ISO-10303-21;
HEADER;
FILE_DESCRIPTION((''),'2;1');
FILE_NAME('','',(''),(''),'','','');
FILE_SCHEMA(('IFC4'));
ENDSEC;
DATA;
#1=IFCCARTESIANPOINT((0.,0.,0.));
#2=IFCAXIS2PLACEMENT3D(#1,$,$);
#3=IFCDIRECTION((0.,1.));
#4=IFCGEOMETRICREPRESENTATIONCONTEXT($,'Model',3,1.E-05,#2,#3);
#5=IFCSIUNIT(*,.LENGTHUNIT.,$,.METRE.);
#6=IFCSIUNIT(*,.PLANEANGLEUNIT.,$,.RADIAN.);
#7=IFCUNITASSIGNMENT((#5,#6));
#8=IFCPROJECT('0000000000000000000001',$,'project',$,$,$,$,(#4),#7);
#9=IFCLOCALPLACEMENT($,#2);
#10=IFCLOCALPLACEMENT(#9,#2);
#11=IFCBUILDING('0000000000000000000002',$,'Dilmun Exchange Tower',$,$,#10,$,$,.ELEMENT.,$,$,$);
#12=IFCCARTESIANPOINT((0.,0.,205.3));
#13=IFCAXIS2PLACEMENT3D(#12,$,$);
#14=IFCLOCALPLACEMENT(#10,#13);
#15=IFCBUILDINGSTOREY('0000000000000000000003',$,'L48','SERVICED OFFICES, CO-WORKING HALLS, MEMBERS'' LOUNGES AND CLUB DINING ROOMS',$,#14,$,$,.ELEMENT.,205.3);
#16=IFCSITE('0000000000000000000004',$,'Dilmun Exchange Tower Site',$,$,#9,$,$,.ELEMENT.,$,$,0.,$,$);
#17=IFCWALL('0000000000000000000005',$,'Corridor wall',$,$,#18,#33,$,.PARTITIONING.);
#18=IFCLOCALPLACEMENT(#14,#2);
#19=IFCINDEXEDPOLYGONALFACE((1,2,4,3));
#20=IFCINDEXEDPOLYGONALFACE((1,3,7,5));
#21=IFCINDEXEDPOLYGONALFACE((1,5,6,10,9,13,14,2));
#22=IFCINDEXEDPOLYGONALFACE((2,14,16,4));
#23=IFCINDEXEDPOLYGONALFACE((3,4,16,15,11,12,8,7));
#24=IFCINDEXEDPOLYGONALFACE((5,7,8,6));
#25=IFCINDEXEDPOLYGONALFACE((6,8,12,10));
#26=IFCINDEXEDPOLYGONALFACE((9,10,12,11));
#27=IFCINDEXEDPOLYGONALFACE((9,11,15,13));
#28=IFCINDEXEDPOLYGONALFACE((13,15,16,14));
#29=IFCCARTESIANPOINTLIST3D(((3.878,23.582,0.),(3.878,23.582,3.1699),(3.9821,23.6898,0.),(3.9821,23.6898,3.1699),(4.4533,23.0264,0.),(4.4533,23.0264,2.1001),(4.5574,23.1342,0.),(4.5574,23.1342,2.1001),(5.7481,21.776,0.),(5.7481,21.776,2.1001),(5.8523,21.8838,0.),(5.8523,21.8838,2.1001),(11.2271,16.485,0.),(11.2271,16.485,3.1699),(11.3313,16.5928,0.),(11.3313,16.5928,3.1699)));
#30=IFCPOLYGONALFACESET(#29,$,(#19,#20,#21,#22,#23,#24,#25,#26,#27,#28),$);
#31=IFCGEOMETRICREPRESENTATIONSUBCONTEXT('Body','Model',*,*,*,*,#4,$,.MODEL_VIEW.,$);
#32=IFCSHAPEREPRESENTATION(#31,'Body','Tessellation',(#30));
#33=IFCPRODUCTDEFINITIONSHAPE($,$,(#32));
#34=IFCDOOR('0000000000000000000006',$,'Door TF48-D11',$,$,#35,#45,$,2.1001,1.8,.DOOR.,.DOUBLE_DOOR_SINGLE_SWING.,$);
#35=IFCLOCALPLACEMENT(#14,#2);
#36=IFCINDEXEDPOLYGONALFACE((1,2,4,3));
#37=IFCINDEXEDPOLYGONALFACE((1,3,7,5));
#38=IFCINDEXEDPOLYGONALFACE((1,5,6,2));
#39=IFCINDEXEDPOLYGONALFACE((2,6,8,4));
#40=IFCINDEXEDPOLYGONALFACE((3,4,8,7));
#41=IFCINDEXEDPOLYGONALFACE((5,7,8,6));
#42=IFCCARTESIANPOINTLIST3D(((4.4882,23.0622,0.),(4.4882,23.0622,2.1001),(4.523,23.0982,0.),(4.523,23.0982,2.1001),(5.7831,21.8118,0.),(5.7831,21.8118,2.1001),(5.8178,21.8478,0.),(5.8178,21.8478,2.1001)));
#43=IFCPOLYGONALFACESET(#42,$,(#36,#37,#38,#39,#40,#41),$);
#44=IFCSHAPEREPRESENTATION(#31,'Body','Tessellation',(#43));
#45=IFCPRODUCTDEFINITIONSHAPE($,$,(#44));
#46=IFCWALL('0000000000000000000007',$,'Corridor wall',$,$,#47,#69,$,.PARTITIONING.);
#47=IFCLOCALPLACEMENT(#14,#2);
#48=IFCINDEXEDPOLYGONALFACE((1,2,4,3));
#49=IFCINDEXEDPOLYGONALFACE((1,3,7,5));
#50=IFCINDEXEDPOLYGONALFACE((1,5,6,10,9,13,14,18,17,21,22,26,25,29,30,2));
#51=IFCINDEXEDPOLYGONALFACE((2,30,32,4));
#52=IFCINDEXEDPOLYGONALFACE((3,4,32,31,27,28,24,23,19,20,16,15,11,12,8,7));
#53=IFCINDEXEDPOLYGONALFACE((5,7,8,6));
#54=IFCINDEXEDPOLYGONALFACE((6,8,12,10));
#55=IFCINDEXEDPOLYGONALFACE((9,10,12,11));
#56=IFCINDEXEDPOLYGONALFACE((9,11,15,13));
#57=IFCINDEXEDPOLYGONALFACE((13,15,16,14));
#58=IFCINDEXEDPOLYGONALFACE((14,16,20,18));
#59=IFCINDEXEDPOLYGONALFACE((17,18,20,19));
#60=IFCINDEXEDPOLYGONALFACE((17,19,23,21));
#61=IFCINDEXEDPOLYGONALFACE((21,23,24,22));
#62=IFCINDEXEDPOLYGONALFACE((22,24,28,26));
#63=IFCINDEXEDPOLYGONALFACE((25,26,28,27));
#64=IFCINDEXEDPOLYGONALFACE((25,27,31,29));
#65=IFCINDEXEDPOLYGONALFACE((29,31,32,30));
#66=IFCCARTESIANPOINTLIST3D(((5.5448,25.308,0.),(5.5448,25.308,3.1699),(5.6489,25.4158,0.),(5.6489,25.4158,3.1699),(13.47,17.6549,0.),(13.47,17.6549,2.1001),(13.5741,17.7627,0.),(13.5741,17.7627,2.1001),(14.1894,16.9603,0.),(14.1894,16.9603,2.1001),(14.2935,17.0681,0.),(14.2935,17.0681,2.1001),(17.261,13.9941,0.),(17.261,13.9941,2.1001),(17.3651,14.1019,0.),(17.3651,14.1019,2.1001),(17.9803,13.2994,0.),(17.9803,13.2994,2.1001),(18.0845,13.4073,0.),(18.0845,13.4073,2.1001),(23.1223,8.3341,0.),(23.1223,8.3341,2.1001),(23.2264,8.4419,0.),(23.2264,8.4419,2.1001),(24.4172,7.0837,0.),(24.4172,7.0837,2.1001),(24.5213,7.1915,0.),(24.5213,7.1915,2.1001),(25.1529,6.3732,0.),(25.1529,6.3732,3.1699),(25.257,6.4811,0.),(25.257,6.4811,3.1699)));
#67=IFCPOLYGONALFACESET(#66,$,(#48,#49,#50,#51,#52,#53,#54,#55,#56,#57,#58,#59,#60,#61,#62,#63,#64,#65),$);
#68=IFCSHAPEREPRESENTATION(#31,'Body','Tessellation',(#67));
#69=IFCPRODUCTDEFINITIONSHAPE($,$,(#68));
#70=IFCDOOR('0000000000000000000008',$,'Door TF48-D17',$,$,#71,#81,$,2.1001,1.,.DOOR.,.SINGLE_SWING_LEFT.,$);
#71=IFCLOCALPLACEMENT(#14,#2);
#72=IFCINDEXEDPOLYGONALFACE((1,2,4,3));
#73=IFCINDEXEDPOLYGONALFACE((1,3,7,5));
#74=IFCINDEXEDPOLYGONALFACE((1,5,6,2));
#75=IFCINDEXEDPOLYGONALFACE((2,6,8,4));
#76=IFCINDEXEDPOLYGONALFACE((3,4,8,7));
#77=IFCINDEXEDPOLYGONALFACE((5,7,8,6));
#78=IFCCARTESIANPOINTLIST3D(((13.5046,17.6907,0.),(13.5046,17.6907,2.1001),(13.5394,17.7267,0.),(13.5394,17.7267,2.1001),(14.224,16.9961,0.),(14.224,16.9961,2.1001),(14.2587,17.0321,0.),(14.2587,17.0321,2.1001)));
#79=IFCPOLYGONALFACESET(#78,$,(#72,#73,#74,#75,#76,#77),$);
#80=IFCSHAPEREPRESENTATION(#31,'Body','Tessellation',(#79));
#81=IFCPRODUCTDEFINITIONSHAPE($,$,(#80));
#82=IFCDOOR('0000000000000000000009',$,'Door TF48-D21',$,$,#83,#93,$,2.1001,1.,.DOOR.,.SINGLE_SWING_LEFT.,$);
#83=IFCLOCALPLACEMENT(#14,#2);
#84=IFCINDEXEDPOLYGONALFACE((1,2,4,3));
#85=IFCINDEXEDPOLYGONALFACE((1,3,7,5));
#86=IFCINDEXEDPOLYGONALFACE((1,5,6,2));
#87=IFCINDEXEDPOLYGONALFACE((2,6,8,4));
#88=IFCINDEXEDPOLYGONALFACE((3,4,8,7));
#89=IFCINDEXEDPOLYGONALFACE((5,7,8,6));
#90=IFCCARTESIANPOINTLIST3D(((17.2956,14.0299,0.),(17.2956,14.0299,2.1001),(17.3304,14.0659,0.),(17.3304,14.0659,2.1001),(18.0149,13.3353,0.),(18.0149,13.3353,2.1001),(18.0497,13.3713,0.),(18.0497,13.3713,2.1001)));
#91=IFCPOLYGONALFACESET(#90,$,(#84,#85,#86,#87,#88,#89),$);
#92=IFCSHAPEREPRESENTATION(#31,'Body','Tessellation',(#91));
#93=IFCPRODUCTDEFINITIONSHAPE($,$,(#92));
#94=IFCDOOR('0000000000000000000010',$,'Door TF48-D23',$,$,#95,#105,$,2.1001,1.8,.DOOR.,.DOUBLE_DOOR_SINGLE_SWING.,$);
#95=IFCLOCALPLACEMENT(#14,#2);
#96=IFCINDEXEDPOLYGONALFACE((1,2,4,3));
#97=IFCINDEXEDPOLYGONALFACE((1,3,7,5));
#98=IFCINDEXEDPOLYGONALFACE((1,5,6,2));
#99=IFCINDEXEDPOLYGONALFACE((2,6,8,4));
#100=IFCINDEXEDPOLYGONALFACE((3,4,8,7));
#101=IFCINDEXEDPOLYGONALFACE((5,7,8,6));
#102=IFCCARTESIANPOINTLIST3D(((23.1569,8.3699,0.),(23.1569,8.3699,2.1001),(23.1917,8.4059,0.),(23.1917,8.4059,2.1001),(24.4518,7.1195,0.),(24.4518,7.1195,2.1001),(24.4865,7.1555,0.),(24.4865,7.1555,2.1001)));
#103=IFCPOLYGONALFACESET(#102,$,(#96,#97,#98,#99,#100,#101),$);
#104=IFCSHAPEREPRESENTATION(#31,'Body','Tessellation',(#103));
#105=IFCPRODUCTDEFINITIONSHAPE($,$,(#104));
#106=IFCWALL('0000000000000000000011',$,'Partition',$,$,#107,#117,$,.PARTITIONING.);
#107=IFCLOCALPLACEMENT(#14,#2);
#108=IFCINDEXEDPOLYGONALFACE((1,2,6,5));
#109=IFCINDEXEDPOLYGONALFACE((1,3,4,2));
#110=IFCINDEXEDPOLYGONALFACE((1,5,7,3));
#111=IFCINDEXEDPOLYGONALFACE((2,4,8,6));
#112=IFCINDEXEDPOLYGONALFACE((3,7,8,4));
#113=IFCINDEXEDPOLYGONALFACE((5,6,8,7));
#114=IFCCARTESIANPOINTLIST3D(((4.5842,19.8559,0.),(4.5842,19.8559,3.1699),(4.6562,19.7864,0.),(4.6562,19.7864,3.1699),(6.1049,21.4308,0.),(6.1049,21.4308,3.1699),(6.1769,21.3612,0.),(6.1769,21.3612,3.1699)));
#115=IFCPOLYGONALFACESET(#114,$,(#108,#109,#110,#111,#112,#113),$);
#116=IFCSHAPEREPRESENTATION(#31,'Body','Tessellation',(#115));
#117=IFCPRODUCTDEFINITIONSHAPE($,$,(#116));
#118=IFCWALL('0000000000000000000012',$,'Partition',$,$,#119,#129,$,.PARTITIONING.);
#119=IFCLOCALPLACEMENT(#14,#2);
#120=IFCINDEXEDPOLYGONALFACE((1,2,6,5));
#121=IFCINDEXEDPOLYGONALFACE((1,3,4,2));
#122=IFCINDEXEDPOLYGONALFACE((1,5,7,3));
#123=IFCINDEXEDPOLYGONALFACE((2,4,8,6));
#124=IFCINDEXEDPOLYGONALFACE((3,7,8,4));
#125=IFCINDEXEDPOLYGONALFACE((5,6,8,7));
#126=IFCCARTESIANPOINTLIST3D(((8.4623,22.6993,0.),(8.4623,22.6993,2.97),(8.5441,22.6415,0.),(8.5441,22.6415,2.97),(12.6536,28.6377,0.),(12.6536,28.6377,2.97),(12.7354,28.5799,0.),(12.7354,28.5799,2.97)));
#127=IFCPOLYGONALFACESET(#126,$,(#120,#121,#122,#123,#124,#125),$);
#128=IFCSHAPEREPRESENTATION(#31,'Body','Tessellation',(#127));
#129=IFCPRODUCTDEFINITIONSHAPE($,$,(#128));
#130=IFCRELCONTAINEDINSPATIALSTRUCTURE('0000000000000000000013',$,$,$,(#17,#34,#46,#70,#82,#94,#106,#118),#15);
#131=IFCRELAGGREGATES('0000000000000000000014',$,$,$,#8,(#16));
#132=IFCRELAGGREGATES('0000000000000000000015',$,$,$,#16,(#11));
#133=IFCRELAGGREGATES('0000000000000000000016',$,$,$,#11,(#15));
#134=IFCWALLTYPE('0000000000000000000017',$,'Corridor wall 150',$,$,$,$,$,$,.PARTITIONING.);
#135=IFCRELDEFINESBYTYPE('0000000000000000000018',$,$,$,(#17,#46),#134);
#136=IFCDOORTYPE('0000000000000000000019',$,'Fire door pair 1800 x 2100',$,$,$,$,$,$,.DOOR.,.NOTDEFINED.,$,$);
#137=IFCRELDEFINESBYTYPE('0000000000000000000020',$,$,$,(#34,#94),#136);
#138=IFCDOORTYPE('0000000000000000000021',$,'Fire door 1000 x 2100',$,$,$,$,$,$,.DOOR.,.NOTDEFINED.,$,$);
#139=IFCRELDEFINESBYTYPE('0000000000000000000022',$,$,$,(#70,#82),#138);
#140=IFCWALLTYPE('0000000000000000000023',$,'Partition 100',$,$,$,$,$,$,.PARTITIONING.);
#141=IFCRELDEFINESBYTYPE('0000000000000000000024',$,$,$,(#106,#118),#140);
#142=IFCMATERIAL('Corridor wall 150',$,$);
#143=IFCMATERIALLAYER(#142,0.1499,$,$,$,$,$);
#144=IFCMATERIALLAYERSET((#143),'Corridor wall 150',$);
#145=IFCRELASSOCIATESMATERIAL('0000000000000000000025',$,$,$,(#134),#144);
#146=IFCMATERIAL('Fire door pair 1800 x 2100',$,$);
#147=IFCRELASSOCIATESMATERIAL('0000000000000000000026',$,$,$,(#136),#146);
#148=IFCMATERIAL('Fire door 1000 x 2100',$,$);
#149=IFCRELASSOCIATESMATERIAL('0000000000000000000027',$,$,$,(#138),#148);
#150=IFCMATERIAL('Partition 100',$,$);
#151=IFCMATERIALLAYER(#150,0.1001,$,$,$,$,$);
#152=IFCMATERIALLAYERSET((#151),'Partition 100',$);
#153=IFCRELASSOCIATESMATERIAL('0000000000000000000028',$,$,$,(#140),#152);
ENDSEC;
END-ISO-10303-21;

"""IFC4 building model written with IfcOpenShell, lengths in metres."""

from ifc_helpers import new_model, si_unit, direction, frame, frame_2d, origin, place, context, subcontext, project, spatial, rectangle, extrude, material, layer, layer_set, type_object, element, fill, save


model = new_model("IFC4")

# Units and contexts
model_context = context("Model", 3, precision=1e-05, world=origin(), true_north=direction((0.0, 1.0)))
body_context = subcontext(model_context, "Body", "Model", "MODEL_VIEW")
ifc_project = project(units=[si_unit("LENGTHUNIT", "METRE"), si_unit("PLANEANGLEUNIT", "RADIAN")], contexts=[model_context])

# Site, building, storey
site_placement = place(None, origin())
site = spatial("IfcSite", under=ifc_project, at=site_placement, Name="Dilmun Exchange Tower Site", CompositionType="ELEMENT", RefElevation=0.0)
building_placement = place(site_placement, origin())
building = spatial("IfcBuilding", under=site, at=building_placement, Name="Dilmun Exchange Tower", CompositionType="ELEMENT")
storey_placement = place(building_placement, frame((0.0, 0.0, 205.3)))
storey = spatial("IfcBuildingStorey", under=building, at=storey_placement, Name="L48", Description="SERVICED OFFICES, CO-WORKING HALLS, MEMBERS' LOUNGES AND CLUB DINING ROOMS", CompositionType="ELEMENT", Elevation=205.3)

# Shared definitions
ifc_material_1 = material(Name="Corridor wall 150")
ifc_layer_1 = layer(ifc_material_1, 0.1499)
ifc_layer_set_1 = layer_set([ifc_layer_1], Name="Corridor wall 150")
wall_type_1 = type_object("IfcWallType", Name="Corridor wall 150", PredefinedType="PARTITIONING", material=ifc_layer_set_1)

# Wall, opening, door
wall_1_placement = place(storey_placement, frame((3.9299, 23.636, 0.0), z_axis=(0.0, 0.0, 1.0), x_axis=(0.719342, -0.694656, 0.0)))
wall_1 = element("IfcWall", 1, at=wall_1_placement, inside=storey, type_object=wall_type_1, Name="Corridor wall", PredefinedType="PARTITIONING", context=body_context, shape_type="SweptSolid", body=[
    extrude(rectangle(XDim=10.2166, YDim=0.1499, at=frame_2d((5.1084, 0.0))), origin(), (0.0, 0.0, 1.0), 3.1699),
])
opening_1_placement = place(wall_1_placement, frame((0.8, 0.0, 0.0)))
opening_1 = element("IfcOpeningElement", 2, at=opening_1_placement, cuts=wall_1, PredefinedType="OPENING", context=body_context, shape_type="SweptSolid", body=[
    extrude(rectangle(XDim=1.8, YDim=2.1001, at=frame_2d((0.8999, 1.05))), frame((0.0, 0.085, 0.0), z_axis=(0.0, -1.0, 0.0), x_axis=(1.0, 0.0, 0.0)), (0.0, 0.0, 1.0), 0.1699),
])
ifc_material_2 = material(Name="Fire door pair 1800 x 2100")
door_type_1 = type_object("IfcDoorType", Name="Fire door pair 1800 x 2100", OperationType="NOTDEFINED", PredefinedType="DOOR", material=ifc_material_2)
door_1_placement = place(opening_1_placement, frame((1.8, 0.0, 0.0), z_axis=(0.0, 0.0, 1.0), x_axis=(-1.0, 0.0, 0.0)))
door_1 = element("IfcDoor", 3, at=door_1_placement, inside=storey, type_object=door_type_1, Name="Door TF48-D11", OperationType="DOUBLE_DOOR_SINGLE_SWING", OverallHeight=2.1001, OverallWidth=1.8, PredefinedType="DOOR", context=body_context, shape_type="SweptSolid", body=[
    extrude(rectangle(XDim=1.8, YDim=2.1001, at=frame_2d((0.8999, 1.05))), frame((0.0, 0.0249, 0.0), z_axis=(0.0, -1.0, 0.0), x_axis=(1.0, 0.0, 0.0)), (0.0, 0.0, 1.0), 0.05),
])
fill(opening_1, door_1)

# Wall, openings, doors
wall_2_placement = place(storey_placement, frame((5.5969, 25.3618, 0.0), z_axis=(0.0, 0.0, 1.0), x_axis=(0.71935, -0.694648, 0.0)))
wall_2 = element("IfcWall", 4, at=wall_2_placement, inside=storey, type_object=wall_type_1, Name="Corridor wall", PredefinedType="PARTITIONING", context=body_context, shape_type="SweptSolid", body=[
    extrude(rectangle(XDim=27.2581, YDim=0.1499, at=frame_2d((13.6289, 0.0))), origin(), (0.0, 0.0, 1.0), 3.1699),
])
opening_2_placement = place(wall_2_placement, frame((11.0171, 0.0, 0.0)))
opening_2 = element("IfcOpeningElement", 5, at=opening_2_placement, cuts=wall_2, PredefinedType="OPENING", context=body_context, shape_type="SweptSolid", body=[
    extrude(rectangle(XDim=1.0, YDim=2.1001, at=frame_2d((0.5, 1.05))), frame((0.0, 0.085, 0.0), z_axis=(0.0, -1.0, 0.0), x_axis=(1.0, 0.0, 0.0)), (0.0, 0.0, 1.0), 0.1699),
])
opening_3_placement = place(wall_2_placement, frame((16.2871, 0.0, 0.0)))
opening_3 = element("IfcOpeningElement", 6, at=opening_3_placement, cuts=wall_2, PredefinedType="OPENING", context=body_context, shape_type="SweptSolid", body=[
    extrude(rectangle(XDim=1.0, YDim=2.1001, at=frame_2d((0.5, 1.05))), frame((0.0, 0.085, 0.0), z_axis=(0.0, -1.0, 0.0), x_axis=(1.0, 0.0, 0.0)), (0.0, 0.0, 1.0), 0.1699),
])
opening_4_placement = place(wall_2_placement, frame((24.4353, 0.0, 0.0)))
opening_4 = element("IfcOpeningElement", 7, at=opening_4_placement, cuts=wall_2, PredefinedType="OPENING", context=body_context, shape_type="SweptSolid", body=[
    extrude(rectangle(XDim=1.8, YDim=2.1001, at=frame_2d((0.8999, 1.05))), frame((0.0, 0.085, 0.0), z_axis=(0.0, -1.0, 0.0), x_axis=(1.0, 0.0, 0.0)), (0.0, 0.0, 1.0), 0.1699),
])
ifc_material_3 = material(Name="Fire door 1000 x 2100")
door_type_2 = type_object("IfcDoorType", Name="Fire door 1000 x 2100", OperationType="NOTDEFINED", PredefinedType="DOOR", material=ifc_material_3)
door_2_placement = place(opening_2_placement, origin())
door_2 = element("IfcDoor", 8, at=door_2_placement, inside=storey, type_object=door_type_2, Name="Door TF48-D17", OperationType="SINGLE_SWING_LEFT", OverallHeight=2.1001, OverallWidth=1.0, PredefinedType="DOOR", context=body_context, shape_type="SweptSolid", body=[
    extrude(rectangle(XDim=1.0, YDim=2.1001, at=frame_2d((0.5, 1.05))), frame((0.0, 0.0249, 0.0), z_axis=(0.0, -1.0, 0.0), x_axis=(1.0, 0.0, 0.0)), (0.0, 0.0, 1.0), 0.05),
])
fill(opening_2, door_2)
door_3_placement = place(opening_3_placement, origin())
door_3 = element("IfcDoor", 9, at=door_3_placement, inside=storey, type_object=door_type_2, Name="Door TF48-D21", OperationType="SINGLE_SWING_LEFT", OverallHeight=2.1001, OverallWidth=1.0, PredefinedType="DOOR", context=body_context, shape_type="SweptSolid", body=[
    extrude(rectangle(XDim=1.0, YDim=2.1001, at=frame_2d((0.5, 1.05))), frame((0.0, 0.0249, 0.0), z_axis=(0.0, -1.0, 0.0), x_axis=(1.0, 0.0, 0.0)), (0.0, 0.0, 1.0), 0.05),
])
fill(opening_3, door_3)
door_4_placement = place(opening_4_placement, origin())
door_4 = element("IfcDoor", 10, at=door_4_placement, inside=storey, type_object=door_type_1, Name="Door TF48-D23", OperationType="DOUBLE_DOOR_SINGLE_SWING", OverallHeight=2.1001, OverallWidth=1.8, PredefinedType="DOOR", context=body_context, shape_type="SweptSolid", body=[
    extrude(rectangle(XDim=1.8, YDim=2.1001, at=frame_2d((0.8999, 1.05))), frame((0.0, 0.0249, 0.0), z_axis=(0.0, -1.0, 0.0), x_axis=(1.0, 0.0, 0.0)), (0.0, 0.0, 1.0), 0.05),
])
fill(opening_4, door_4)

# Walls
ifc_material_4 = material(Name="Partition 100")
ifc_layer_2 = layer(ifc_material_4, 0.1001)
ifc_layer_set_2 = layer_set([ifc_layer_2], Name="Partition 100")
wall_type_2 = type_object("IfcWallType", Name="Partition 100", PredefinedType="PARTITIONING", material=ifc_layer_set_2)
wall_3_placement = place(storey_placement, frame((4.6201, 19.821, 0.0), z_axis=(0.0, 0.0, 1.0), x_axis=(0.69462, 0.719376, 0.0)))
element("IfcWall", 11, at=wall_3_placement, inside=storey, type_object=wall_type_2, Name="Partition", PredefinedType="PARTITIONING", context=body_context, shape_type="SweptSolid", body=[
    extrude(rectangle(XDim=2.1892, YDim=0.1001, at=frame_2d((1.0947, 0.0))), origin(), (0.0, 0.0, 1.0), 3.1699),
])
wall_4_placement = place(storey_placement, frame((8.5032, 22.6704, 0.0), z_axis=(0.0, 0.0, 1.0), x_axis=(0.576641, 0.816998, 0.0)))
element("IfcWall", 12, at=wall_4_placement, inside=storey, type_object=wall_type_2, Name="Partition", PredefinedType="PARTITIONING", context=body_context, shape_type="SweptSolid", body=[
    extrude(rectangle(XDim=7.2686, YDim=0.1001, at=frame_2d((3.6343, 0.0))), origin(), (0.0, 0.0, 1.0), 2.97),
])

save(model, "model.ifc")
